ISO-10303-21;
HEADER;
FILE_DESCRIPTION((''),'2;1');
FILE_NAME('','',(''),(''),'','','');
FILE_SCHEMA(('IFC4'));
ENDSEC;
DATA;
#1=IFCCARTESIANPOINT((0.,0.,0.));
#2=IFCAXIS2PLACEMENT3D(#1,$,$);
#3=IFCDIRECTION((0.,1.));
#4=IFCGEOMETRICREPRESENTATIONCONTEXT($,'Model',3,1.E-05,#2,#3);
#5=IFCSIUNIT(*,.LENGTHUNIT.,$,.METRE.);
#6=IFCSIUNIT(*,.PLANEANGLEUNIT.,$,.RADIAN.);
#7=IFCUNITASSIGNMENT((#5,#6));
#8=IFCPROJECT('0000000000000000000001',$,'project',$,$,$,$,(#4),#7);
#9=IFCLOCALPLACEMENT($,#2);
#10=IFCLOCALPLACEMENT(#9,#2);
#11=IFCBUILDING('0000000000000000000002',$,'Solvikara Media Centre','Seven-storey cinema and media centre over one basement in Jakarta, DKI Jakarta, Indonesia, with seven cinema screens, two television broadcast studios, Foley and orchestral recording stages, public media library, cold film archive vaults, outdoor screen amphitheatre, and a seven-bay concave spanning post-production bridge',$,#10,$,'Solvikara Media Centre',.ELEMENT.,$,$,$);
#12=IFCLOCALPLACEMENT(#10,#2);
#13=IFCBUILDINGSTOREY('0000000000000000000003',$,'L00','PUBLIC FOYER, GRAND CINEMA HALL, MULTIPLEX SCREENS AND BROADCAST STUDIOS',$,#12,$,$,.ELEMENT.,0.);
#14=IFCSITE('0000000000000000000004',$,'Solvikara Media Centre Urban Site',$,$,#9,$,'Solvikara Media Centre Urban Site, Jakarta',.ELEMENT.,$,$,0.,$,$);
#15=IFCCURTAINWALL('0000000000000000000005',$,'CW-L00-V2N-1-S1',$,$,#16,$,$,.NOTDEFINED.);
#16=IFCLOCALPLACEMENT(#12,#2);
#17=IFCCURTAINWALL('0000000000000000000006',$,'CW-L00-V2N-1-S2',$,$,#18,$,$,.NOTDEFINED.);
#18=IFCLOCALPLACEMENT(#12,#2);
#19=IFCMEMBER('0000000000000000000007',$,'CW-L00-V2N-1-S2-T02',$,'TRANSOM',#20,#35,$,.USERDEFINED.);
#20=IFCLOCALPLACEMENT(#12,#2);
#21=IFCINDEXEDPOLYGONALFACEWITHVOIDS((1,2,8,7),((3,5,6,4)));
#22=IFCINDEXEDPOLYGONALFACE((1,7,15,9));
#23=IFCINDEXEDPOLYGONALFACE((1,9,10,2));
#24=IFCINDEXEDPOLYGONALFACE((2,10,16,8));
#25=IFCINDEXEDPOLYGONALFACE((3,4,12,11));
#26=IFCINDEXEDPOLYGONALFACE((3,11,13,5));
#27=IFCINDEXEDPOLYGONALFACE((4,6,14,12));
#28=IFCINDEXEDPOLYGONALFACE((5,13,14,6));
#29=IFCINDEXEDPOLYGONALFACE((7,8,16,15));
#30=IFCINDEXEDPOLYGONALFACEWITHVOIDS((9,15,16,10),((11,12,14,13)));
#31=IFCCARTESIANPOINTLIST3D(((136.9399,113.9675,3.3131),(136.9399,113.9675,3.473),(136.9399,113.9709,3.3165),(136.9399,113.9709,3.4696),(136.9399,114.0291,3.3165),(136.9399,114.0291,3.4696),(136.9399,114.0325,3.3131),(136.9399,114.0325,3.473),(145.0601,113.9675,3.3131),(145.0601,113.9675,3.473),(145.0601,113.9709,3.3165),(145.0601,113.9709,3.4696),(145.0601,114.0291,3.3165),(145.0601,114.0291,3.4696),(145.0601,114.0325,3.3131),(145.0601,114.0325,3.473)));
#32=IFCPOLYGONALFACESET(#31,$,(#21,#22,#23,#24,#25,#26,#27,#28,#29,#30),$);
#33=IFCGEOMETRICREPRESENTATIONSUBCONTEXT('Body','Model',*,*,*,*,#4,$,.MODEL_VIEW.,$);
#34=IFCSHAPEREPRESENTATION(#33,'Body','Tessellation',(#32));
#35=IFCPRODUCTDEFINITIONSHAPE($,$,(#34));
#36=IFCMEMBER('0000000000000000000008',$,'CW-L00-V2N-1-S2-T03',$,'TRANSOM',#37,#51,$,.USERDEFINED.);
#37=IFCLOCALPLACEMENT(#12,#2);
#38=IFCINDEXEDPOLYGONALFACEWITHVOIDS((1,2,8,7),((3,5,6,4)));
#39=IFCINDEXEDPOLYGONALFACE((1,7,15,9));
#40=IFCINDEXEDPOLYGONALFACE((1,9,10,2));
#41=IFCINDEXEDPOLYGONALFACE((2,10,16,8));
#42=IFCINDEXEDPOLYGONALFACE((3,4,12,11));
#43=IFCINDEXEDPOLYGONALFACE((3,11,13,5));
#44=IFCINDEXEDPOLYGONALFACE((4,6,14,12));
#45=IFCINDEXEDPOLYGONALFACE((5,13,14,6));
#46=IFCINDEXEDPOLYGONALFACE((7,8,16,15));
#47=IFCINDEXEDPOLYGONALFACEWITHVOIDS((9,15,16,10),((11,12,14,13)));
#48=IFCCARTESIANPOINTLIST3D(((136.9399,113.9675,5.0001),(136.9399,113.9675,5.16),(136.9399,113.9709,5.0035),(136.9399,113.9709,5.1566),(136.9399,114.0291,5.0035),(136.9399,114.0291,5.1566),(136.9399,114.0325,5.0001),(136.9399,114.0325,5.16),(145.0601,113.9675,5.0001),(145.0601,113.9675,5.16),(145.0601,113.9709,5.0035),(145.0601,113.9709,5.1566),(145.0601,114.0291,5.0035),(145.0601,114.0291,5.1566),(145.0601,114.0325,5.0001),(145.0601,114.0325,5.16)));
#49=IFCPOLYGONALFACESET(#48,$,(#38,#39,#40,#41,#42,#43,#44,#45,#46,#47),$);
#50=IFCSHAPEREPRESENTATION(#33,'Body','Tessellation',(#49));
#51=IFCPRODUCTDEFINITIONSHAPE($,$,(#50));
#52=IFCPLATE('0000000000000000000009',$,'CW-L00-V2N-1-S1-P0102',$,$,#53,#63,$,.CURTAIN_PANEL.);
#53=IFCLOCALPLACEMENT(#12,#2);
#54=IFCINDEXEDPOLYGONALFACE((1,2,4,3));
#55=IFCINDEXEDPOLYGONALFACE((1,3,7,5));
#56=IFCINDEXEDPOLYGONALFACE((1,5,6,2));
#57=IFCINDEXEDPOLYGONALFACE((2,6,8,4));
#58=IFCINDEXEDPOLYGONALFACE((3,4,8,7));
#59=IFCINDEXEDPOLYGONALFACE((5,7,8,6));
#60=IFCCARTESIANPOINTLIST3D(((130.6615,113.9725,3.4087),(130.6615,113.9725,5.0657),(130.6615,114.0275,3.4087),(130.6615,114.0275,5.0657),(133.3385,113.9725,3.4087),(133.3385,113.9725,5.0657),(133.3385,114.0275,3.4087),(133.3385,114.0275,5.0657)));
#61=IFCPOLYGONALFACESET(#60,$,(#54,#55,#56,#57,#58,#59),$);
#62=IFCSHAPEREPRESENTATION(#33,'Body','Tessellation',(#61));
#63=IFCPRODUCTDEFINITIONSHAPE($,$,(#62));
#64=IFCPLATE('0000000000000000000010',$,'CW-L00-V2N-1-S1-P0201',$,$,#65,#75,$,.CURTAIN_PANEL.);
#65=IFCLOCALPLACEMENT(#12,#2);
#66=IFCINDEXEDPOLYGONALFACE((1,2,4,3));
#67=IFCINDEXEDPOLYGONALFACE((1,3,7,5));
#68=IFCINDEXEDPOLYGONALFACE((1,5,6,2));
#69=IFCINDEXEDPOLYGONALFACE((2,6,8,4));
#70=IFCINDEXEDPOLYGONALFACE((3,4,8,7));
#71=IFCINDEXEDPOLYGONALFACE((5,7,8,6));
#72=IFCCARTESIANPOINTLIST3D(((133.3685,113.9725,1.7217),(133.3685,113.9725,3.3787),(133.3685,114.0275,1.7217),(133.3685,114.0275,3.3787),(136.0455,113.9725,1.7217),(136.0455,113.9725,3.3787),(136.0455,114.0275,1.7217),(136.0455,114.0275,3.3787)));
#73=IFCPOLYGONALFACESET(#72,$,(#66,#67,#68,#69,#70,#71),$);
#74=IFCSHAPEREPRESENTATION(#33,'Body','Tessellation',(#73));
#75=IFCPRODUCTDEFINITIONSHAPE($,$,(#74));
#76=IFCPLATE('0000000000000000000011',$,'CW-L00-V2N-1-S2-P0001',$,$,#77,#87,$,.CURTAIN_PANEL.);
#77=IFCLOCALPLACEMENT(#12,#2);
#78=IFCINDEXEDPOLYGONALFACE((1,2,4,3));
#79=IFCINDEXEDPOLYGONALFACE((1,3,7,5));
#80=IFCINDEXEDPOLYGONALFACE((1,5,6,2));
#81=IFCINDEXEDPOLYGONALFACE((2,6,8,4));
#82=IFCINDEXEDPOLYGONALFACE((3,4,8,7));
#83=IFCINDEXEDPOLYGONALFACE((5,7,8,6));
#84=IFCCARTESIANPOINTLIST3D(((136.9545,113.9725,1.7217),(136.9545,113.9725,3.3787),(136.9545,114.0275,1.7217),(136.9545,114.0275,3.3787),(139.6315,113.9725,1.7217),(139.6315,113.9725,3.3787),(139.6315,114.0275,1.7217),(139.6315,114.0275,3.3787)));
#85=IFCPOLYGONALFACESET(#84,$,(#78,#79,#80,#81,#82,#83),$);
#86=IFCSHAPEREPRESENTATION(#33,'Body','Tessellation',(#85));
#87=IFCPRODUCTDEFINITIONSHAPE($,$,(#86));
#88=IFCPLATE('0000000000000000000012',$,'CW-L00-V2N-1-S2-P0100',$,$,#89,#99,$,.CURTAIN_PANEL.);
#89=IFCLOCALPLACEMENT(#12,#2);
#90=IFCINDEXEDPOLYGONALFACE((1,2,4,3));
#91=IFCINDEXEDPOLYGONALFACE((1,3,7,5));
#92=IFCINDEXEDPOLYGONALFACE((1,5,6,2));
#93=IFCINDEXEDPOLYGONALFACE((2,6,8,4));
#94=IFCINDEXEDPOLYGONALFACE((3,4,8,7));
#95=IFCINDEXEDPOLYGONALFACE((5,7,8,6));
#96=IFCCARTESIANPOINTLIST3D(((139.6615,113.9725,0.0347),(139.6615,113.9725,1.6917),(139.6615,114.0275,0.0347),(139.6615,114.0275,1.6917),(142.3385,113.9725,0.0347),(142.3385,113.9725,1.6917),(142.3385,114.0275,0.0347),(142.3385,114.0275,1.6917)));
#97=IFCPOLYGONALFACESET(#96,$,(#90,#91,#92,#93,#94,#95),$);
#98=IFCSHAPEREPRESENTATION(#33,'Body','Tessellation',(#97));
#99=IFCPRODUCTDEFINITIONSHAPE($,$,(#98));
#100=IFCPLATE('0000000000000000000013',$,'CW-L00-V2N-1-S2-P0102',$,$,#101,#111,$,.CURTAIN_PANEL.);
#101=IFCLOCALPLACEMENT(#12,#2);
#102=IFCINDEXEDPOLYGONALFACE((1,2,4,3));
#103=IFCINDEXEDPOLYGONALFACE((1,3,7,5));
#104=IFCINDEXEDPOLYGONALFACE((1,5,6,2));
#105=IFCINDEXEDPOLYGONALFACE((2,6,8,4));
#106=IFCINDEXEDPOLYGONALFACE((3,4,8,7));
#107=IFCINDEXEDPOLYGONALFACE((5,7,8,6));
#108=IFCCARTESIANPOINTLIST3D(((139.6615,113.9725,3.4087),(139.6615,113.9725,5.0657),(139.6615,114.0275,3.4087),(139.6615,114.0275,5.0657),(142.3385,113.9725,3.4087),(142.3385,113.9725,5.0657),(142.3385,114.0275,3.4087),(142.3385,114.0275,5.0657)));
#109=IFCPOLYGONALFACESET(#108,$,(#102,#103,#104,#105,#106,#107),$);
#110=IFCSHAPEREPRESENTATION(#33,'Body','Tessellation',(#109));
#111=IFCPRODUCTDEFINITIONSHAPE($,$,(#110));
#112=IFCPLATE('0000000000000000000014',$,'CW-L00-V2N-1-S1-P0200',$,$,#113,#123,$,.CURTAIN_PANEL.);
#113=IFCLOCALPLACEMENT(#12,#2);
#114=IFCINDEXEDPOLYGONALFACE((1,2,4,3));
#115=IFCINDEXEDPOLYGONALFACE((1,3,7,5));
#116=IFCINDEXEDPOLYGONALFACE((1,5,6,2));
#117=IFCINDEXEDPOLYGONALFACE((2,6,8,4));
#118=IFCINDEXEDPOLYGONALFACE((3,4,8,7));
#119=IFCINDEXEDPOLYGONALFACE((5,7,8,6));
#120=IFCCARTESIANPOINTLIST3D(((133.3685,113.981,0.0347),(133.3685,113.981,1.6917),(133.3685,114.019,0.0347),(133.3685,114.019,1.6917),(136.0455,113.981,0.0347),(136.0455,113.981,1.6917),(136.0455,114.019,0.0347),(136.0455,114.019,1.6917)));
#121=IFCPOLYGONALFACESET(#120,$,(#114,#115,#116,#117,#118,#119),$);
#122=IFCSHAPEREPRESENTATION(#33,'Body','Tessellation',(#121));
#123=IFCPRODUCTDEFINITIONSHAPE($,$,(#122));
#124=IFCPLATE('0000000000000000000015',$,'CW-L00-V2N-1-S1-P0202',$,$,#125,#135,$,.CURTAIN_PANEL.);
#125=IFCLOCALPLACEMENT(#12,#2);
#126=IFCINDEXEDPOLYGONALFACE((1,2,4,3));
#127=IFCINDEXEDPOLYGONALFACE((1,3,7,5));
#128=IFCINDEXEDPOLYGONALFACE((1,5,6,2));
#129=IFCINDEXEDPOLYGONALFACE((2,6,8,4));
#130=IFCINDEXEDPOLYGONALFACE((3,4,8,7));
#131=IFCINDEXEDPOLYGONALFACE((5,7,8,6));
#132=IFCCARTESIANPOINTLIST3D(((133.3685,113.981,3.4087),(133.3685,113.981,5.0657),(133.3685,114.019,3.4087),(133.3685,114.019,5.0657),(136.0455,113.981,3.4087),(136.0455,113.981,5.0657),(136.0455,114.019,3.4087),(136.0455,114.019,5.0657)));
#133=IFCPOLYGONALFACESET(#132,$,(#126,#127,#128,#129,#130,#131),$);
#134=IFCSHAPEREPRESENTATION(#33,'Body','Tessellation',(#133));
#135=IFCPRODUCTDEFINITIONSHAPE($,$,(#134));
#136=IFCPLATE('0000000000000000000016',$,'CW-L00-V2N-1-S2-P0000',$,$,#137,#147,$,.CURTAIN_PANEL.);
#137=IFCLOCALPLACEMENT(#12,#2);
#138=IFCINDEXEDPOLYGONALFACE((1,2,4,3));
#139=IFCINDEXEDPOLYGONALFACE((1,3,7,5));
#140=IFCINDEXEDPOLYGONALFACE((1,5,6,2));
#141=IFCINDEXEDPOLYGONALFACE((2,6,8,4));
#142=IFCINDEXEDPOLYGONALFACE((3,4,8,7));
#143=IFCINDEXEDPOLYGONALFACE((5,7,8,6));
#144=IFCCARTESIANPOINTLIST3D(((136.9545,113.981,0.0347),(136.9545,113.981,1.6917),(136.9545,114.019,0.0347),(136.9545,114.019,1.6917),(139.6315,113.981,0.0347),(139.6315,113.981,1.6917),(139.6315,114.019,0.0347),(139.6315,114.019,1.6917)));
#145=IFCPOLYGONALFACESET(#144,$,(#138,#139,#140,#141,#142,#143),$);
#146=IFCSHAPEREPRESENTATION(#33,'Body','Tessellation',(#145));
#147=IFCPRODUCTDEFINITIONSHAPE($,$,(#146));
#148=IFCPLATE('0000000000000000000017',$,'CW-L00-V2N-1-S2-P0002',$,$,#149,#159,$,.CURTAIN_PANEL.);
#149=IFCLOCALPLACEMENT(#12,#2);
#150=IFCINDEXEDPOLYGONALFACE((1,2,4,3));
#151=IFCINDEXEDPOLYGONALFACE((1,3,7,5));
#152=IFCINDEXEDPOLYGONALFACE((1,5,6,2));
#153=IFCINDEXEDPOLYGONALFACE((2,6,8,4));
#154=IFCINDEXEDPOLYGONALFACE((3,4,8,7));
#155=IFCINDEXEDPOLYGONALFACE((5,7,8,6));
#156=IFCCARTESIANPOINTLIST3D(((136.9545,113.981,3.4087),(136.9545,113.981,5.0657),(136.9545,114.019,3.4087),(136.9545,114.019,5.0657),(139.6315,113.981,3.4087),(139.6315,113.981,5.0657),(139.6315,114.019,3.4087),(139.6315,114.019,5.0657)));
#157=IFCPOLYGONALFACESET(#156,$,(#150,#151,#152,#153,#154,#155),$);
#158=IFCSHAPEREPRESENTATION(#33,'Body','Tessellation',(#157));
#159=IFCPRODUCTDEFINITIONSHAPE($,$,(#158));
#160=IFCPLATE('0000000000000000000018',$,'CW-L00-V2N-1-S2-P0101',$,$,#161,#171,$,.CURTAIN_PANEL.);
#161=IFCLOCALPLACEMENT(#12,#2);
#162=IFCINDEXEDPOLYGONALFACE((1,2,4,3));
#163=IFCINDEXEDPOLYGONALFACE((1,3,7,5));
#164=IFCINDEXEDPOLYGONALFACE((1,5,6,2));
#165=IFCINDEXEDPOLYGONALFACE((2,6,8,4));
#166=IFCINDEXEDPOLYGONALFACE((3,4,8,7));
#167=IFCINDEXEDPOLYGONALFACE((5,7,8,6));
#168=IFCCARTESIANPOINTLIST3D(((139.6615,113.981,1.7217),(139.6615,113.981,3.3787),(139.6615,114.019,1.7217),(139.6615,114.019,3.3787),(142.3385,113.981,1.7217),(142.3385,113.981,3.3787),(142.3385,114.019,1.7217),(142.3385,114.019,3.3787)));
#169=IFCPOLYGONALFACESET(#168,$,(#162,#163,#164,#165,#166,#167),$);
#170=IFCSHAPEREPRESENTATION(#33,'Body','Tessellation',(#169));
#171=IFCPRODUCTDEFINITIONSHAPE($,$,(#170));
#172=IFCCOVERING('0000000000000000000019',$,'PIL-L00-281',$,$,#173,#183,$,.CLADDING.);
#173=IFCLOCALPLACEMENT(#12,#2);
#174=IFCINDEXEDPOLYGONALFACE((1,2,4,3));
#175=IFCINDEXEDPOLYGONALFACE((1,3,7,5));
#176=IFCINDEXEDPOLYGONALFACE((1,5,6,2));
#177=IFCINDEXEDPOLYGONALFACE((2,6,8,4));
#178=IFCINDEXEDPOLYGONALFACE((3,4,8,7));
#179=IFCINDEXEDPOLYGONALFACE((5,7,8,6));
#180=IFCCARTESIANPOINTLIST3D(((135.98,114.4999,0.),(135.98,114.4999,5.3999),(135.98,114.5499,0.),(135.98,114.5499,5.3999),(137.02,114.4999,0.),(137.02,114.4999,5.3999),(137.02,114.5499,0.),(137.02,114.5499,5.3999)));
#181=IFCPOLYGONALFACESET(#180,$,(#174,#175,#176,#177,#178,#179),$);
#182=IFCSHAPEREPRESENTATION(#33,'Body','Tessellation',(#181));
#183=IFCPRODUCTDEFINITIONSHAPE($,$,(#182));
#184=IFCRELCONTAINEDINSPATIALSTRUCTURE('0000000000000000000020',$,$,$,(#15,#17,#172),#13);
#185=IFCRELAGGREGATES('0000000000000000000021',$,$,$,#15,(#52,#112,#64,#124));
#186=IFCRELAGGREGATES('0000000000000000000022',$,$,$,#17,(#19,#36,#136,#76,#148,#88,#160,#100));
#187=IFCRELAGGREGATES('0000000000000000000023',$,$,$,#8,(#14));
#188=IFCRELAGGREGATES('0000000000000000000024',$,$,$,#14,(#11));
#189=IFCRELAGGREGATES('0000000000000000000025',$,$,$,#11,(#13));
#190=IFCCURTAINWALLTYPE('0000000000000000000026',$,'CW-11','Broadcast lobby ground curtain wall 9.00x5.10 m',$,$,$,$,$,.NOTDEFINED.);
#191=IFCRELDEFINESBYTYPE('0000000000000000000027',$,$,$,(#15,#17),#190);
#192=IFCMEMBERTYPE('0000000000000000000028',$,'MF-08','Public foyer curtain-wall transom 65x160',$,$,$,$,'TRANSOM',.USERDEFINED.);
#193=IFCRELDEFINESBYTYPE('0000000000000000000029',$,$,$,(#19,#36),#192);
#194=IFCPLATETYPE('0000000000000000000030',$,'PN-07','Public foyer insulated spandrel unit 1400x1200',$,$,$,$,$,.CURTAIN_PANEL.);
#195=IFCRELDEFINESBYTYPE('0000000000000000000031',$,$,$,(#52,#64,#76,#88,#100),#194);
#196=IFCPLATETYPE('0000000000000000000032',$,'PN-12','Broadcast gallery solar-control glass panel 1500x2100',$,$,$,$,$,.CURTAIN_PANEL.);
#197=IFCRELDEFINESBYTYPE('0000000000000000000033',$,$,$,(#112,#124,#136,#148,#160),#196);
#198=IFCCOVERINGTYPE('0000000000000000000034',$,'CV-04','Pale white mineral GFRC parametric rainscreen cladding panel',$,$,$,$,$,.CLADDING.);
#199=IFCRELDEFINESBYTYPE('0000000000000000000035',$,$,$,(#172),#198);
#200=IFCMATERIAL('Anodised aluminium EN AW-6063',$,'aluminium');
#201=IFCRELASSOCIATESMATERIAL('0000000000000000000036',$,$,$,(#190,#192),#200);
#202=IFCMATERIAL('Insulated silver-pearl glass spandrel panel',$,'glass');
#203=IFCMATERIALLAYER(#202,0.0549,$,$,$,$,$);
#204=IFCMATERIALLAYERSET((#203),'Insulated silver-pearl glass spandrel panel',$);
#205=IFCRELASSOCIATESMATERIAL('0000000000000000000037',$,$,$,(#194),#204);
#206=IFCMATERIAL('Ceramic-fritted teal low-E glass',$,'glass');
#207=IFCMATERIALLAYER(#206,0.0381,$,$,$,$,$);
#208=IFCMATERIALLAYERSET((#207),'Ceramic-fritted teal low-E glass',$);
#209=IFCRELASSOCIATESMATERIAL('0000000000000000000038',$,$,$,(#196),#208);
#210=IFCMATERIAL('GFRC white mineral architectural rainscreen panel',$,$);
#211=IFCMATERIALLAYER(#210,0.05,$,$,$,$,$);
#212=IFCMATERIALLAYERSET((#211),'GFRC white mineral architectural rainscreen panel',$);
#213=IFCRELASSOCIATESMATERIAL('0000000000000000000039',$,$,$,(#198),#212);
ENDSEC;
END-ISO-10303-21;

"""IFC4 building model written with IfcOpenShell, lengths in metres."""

from ifc_helpers import new_model, si_unit, direction, frame, origin, origin_2d, place, context, subcontext, project, spatial, rectangle, hollow_rectangle, extrude, material, layer, layer_set, material_profile, profile_set, type_object, element, aggregate, save


model = new_model("IFC4")

# Units and contexts
model_context = context("Model", 3, precision=1e-05, world=origin(), true_north=direction((0.0, 1.0)))
body_context = subcontext(model_context, "Body", "Model", "MODEL_VIEW")
ifc_project = project(units=[si_unit("LENGTHUNIT", "METRE"), si_unit("PLANEANGLEUNIT", "RADIAN")], contexts=[model_context])

# Site, building, storey
site_placement = place(None, origin())
site = spatial("IfcSite", under=ifc_project, at=site_placement, Name="Solvikara Media Centre Urban Site", LongName="Solvikara Media Centre Urban Site, Jakarta", CompositionType="ELEMENT", RefElevation=0.0)
building_placement = place(site_placement, origin())
building = spatial("IfcBuilding", under=site, at=building_placement, Name="Solvikara Media Centre", Description="Seven-storey cinema and media centre over one basement in Jakarta, DKI Jakarta, Indonesia, with seven cinema screens, two television broadcast studios, Foley and orchestral recording stages, public media library, cold film archive vaults, outdoor screen amphitheatre, and a seven-bay concave spanning post-production bridge", LongName="Solvikara Media Centre", CompositionType="ELEMENT")
storey_placement = place(building_placement, origin())
storey = spatial("IfcBuildingStorey", under=building, at=storey_placement, Name="L00", Description="PUBLIC FOYER, GRAND CINEMA HALL, MULTIPLEX SCREENS AND BROADCAST STUDIOS", CompositionType="ELEMENT", Elevation=0.0)

# Curtain walls, members
ifc_material_1 = material(Name="Anodised aluminium EN AW-6063", Category="aluminium")
curtain_wall_type = type_object("IfcCurtainWallType", Name="CW-11", Description="Broadcast lobby ground curtain wall 9.00x5.10 m", PredefinedType="NOTDEFINED", material=ifc_material_1)
curtain_wall_1_placement = place(storey_placement, origin())
curtain_wall_1 = element("IfcCurtainWall", 1, at=curtain_wall_1_placement, inside=storey, type_object=curtain_wall_type, Name="CW-L00-V2N-1-S1", PredefinedType="NOTDEFINED")
curtain_wall_2_placement = place(storey_placement, origin())
curtain_wall_2 = element("IfcCurtainWall", 2, at=curtain_wall_2_placement, inside=storey, type_object=curtain_wall_type, Name="CW-L00-V2N-1-S2", PredefinedType="NOTDEFINED")
ifc_material_profile_1 = material_profile(ifc_material_1, hollow_rectangle(XDim=0.0649, YDim=0.1599, WallThickness=0.0034, at=origin_2d()), Name="ALU-T 65x160x3.5")
ifc_profile_set_1 = profile_set([ifc_material_profile_1], Name="Anodised aluminium EN AW-6063")
member_type_1 = type_object("IfcMemberType", Name="MF-08", Description="Public foyer curtain-wall transom 65x160", ElementType="TRANSOM", PredefinedType="USERDEFINED", material=ifc_profile_set_1)
member_1_placement = place(storey_placement, frame((136.9399, 114.0, 3.3931), z_axis=(1.0, 0.0, 0.0), x_axis=(0.0, 1.0, 0.0)))
member_1 = element("IfcMember", 3, at=member_1_placement, type_object=member_type_1, Name="CW-L00-V2N-1-S2-T02", ObjectType="TRANSOM", PredefinedType="USERDEFINED", context=body_context, shape_type="SweptSolid", body=[
    extrude(hollow_rectangle(XDim=0.0649, YDim=0.1599, WallThickness=0.0034, at=origin_2d()), origin(), (0.0, 0.0, 1.0), 8.1201),
])
member_2_placement = place(storey_placement, frame((136.9399, 114.0, 5.0801), z_axis=(1.0, 0.0, 0.0), x_axis=(0.0, 1.0, 0.0)))
member_2 = element("IfcMember", 4, at=member_2_placement, type_object=member_type_1, Name="CW-L00-V2N-1-S2-T03", ObjectType="TRANSOM", PredefinedType="USERDEFINED", context=body_context, shape_type="SweptSolid", body=[
    extrude(hollow_rectangle(XDim=0.0649, YDim=0.1599, WallThickness=0.0034, at=origin_2d()), origin(), (0.0, 0.0, 1.0), 8.1201),
])

# Plates
ifc_material_2 = material(Name="Insulated silver-pearl glass spandrel panel", Category="glass")
ifc_layer_1 = layer(ifc_material_2, 0.0549)
ifc_layer_set_1 = layer_set([ifc_layer_1], Name="Insulated silver-pearl glass spandrel panel")
plate_type_1 = type_object("IfcPlateType", Name="PN-07", Description="Public foyer insulated spandrel unit 1400x1200", PredefinedType="CURTAIN_PANEL", material=ifc_layer_set_1)
plate_1_placement = place(storey_placement, frame((132.0, 114.0, 3.4087), z_axis=(0.0, 0.0, 1.0), x_axis=(1.0, 0.0, 0.0)))
plate_1 = element("IfcPlate", 5, at=plate_1_placement, type_object=plate_type_1, Name="CW-L00-V2N-1-S1-P0102", PredefinedType="CURTAIN_PANEL", context=body_context, shape_type="SweptSolid", body=[
    extrude(rectangle(XDim=2.677, YDim=0.0549, at=origin_2d()), origin(), (0.0, 0.0, 1.0), 1.657),
])
plate_2_placement = place(storey_placement, frame((134.707, 114.0, 1.7217), z_axis=(0.0, 0.0, 1.0), x_axis=(1.0, 0.0, 0.0)))
plate_2 = element("IfcPlate", 6, at=plate_2_placement, type_object=plate_type_1, Name="CW-L00-V2N-1-S1-P0201", PredefinedType="CURTAIN_PANEL", context=body_context, shape_type="SweptSolid", body=[
    extrude(rectangle(XDim=2.677, YDim=0.0549, at=origin_2d()), origin(), (0.0, 0.0, 1.0), 1.657),
])
plate_3_placement = place(storey_placement, frame((138.293, 114.0, 1.7217), z_axis=(0.0, 0.0, 1.0), x_axis=(1.0, 0.0, 0.0)))
plate_3 = element("IfcPlate", 7, at=plate_3_placement, type_object=plate_type_1, Name="CW-L00-V2N-1-S2-P0001", PredefinedType="CURTAIN_PANEL", context=body_context, shape_type="SweptSolid", body=[
    extrude(rectangle(XDim=2.677, YDim=0.0549, at=origin_2d()), origin(), (0.0, 0.0, 1.0), 1.657),
])
plate_4_placement = place(storey_placement, frame((141.0, 114.0, 0.0347), z_axis=(0.0, 0.0, 1.0), x_axis=(1.0, 0.0, 0.0)))
plate_4 = element("IfcPlate", 8, at=plate_4_placement, type_object=plate_type_1, Name="CW-L00-V2N-1-S2-P0100", PredefinedType="CURTAIN_PANEL", context=body_context, shape_type="SweptSolid", body=[
    extrude(rectangle(XDim=2.677, YDim=0.0549, at=origin_2d()), origin(), (0.0, 0.0, 1.0), 1.657),
])
plate_5_placement = place(storey_placement, frame((141.0, 114.0, 3.4087), z_axis=(0.0, 0.0, 1.0), x_axis=(1.0, 0.0, 0.0)))
plate_5 = element("IfcPlate", 9, at=plate_5_placement, type_object=plate_type_1, Name="CW-L00-V2N-1-S2-P0102", PredefinedType="CURTAIN_PANEL", context=body_context, shape_type="SweptSolid", body=[
    extrude(rectangle(XDim=2.677, YDim=0.0549, at=origin_2d()), origin(), (0.0, 0.0, 1.0), 1.657),
])
ifc_material_3 = material(Name="Ceramic-fritted teal low-E glass", Category="glass")
ifc_layer_2 = layer(ifc_material_3, 0.0381)
ifc_layer_set_2 = layer_set([ifc_layer_2], Name="Ceramic-fritted teal low-E glass")
plate_type_2 = type_object("IfcPlateType", Name="PN-12", Description="Broadcast gallery solar-control glass panel 1500x2100", PredefinedType="CURTAIN_PANEL", material=ifc_layer_set_2)
plate_6_placement = place(storey_placement, frame((134.707, 114.0, 0.0347), z_axis=(0.0, 0.0, 1.0), x_axis=(1.0, 0.0, 0.0)))
plate_6 = element("IfcPlate", 10, at=plate_6_placement, type_object=plate_type_2, Name="CW-L00-V2N-1-S1-P0200", PredefinedType="CURTAIN_PANEL", context=body_context, shape_type="SweptSolid", body=[
    extrude(rectangle(XDim=2.677, YDim=0.0381, at=origin_2d()), origin(), (0.0, 0.0, 1.0), 1.657),
])
plate_7_placement = place(storey_placement, frame((134.707, 114.0, 3.4087), z_axis=(0.0, 0.0, 1.0), x_axis=(1.0, 0.0, 0.0)))
plate_7 = element("IfcPlate", 11, at=plate_7_placement, type_object=plate_type_2, Name="CW-L00-V2N-1-S1-P0202", PredefinedType="CURTAIN_PANEL", context=body_context, shape_type="SweptSolid", body=[
    extrude(rectangle(XDim=2.677, YDim=0.0381, at=origin_2d()), origin(), (0.0, 0.0, 1.0), 1.657),
])
aggregate(curtain_wall_1, [plate_1, plate_6, plate_2, plate_7])
plate_8_placement = place(storey_placement, frame((138.293, 114.0, 0.0347), z_axis=(0.0, 0.0, 1.0), x_axis=(1.0, 0.0, 0.0)))
plate_8 = element("IfcPlate", 12, at=plate_8_placement, type_object=plate_type_2, Name="CW-L00-V2N-1-S2-P0000", PredefinedType="CURTAIN_PANEL", context=body_context, shape_type="SweptSolid", body=[
    extrude(rectangle(XDim=2.677, YDim=0.0381, at=origin_2d()), origin(), (0.0, 0.0, 1.0), 1.657),
])
plate_9_placement = place(storey_placement, frame((138.293, 114.0, 3.4087), z_axis=(0.0, 0.0, 1.0), x_axis=(1.0, 0.0, 0.0)))
plate_9 = element("IfcPlate", 13, at=plate_9_placement, type_object=plate_type_2, Name="CW-L00-V2N-1-S2-P0002", PredefinedType="CURTAIN_PANEL", context=body_context, shape_type="SweptSolid", body=[
    extrude(rectangle(XDim=2.677, YDim=0.0381, at=origin_2d()), origin(), (0.0, 0.0, 1.0), 1.657),
])
plate_10_placement = place(storey_placement, frame((141.0, 114.0, 1.7217), z_axis=(0.0, 0.0, 1.0), x_axis=(1.0, 0.0, 0.0)))
plate_10 = element("IfcPlate", 14, at=plate_10_placement, type_object=plate_type_2, Name="CW-L00-V2N-1-S2-P0101", PredefinedType="CURTAIN_PANEL", context=body_context, shape_type="SweptSolid", body=[
    extrude(rectangle(XDim=2.677, YDim=0.0381, at=origin_2d()), origin(), (0.0, 0.0, 1.0), 1.657),
])
aggregate(curtain_wall_2, [member_1, member_2, plate_8, plate_3, plate_9, plate_4, plate_10, plate_5])

# Covering
ifc_material_4 = material(Name="GFRC white mineral architectural rainscreen panel")
ifc_layer_3 = layer(ifc_material_4, 0.05)
ifc_layer_set_3 = layer_set([ifc_layer_3], Name="GFRC white mineral architectural rainscreen panel")
covering_type = type_object("IfcCoveringType", Name="CV-04", Description="Pale white mineral GFRC parametric rainscreen cladding panel", PredefinedType="CLADDING", material=ifc_layer_set_3)
covering_placement = place(storey_placement, frame((136.5, 114.5249, 0.0), z_axis=(0.0, 0.0, 1.0), x_axis=(-1.0, 0.0, 0.0)))
element("IfcCovering", 15, at=covering_placement, inside=storey, type_object=covering_type, Name="PIL-L00-281", PredefinedType="CLADDING", context=body_context, shape_type="SweptSolid", body=[
    extrude(rectangle(XDim=1.04, YDim=0.05, at=origin_2d()), origin(), (0.0, 0.0, 1.0), 5.3999),
])

save(model, "model.ifc")
